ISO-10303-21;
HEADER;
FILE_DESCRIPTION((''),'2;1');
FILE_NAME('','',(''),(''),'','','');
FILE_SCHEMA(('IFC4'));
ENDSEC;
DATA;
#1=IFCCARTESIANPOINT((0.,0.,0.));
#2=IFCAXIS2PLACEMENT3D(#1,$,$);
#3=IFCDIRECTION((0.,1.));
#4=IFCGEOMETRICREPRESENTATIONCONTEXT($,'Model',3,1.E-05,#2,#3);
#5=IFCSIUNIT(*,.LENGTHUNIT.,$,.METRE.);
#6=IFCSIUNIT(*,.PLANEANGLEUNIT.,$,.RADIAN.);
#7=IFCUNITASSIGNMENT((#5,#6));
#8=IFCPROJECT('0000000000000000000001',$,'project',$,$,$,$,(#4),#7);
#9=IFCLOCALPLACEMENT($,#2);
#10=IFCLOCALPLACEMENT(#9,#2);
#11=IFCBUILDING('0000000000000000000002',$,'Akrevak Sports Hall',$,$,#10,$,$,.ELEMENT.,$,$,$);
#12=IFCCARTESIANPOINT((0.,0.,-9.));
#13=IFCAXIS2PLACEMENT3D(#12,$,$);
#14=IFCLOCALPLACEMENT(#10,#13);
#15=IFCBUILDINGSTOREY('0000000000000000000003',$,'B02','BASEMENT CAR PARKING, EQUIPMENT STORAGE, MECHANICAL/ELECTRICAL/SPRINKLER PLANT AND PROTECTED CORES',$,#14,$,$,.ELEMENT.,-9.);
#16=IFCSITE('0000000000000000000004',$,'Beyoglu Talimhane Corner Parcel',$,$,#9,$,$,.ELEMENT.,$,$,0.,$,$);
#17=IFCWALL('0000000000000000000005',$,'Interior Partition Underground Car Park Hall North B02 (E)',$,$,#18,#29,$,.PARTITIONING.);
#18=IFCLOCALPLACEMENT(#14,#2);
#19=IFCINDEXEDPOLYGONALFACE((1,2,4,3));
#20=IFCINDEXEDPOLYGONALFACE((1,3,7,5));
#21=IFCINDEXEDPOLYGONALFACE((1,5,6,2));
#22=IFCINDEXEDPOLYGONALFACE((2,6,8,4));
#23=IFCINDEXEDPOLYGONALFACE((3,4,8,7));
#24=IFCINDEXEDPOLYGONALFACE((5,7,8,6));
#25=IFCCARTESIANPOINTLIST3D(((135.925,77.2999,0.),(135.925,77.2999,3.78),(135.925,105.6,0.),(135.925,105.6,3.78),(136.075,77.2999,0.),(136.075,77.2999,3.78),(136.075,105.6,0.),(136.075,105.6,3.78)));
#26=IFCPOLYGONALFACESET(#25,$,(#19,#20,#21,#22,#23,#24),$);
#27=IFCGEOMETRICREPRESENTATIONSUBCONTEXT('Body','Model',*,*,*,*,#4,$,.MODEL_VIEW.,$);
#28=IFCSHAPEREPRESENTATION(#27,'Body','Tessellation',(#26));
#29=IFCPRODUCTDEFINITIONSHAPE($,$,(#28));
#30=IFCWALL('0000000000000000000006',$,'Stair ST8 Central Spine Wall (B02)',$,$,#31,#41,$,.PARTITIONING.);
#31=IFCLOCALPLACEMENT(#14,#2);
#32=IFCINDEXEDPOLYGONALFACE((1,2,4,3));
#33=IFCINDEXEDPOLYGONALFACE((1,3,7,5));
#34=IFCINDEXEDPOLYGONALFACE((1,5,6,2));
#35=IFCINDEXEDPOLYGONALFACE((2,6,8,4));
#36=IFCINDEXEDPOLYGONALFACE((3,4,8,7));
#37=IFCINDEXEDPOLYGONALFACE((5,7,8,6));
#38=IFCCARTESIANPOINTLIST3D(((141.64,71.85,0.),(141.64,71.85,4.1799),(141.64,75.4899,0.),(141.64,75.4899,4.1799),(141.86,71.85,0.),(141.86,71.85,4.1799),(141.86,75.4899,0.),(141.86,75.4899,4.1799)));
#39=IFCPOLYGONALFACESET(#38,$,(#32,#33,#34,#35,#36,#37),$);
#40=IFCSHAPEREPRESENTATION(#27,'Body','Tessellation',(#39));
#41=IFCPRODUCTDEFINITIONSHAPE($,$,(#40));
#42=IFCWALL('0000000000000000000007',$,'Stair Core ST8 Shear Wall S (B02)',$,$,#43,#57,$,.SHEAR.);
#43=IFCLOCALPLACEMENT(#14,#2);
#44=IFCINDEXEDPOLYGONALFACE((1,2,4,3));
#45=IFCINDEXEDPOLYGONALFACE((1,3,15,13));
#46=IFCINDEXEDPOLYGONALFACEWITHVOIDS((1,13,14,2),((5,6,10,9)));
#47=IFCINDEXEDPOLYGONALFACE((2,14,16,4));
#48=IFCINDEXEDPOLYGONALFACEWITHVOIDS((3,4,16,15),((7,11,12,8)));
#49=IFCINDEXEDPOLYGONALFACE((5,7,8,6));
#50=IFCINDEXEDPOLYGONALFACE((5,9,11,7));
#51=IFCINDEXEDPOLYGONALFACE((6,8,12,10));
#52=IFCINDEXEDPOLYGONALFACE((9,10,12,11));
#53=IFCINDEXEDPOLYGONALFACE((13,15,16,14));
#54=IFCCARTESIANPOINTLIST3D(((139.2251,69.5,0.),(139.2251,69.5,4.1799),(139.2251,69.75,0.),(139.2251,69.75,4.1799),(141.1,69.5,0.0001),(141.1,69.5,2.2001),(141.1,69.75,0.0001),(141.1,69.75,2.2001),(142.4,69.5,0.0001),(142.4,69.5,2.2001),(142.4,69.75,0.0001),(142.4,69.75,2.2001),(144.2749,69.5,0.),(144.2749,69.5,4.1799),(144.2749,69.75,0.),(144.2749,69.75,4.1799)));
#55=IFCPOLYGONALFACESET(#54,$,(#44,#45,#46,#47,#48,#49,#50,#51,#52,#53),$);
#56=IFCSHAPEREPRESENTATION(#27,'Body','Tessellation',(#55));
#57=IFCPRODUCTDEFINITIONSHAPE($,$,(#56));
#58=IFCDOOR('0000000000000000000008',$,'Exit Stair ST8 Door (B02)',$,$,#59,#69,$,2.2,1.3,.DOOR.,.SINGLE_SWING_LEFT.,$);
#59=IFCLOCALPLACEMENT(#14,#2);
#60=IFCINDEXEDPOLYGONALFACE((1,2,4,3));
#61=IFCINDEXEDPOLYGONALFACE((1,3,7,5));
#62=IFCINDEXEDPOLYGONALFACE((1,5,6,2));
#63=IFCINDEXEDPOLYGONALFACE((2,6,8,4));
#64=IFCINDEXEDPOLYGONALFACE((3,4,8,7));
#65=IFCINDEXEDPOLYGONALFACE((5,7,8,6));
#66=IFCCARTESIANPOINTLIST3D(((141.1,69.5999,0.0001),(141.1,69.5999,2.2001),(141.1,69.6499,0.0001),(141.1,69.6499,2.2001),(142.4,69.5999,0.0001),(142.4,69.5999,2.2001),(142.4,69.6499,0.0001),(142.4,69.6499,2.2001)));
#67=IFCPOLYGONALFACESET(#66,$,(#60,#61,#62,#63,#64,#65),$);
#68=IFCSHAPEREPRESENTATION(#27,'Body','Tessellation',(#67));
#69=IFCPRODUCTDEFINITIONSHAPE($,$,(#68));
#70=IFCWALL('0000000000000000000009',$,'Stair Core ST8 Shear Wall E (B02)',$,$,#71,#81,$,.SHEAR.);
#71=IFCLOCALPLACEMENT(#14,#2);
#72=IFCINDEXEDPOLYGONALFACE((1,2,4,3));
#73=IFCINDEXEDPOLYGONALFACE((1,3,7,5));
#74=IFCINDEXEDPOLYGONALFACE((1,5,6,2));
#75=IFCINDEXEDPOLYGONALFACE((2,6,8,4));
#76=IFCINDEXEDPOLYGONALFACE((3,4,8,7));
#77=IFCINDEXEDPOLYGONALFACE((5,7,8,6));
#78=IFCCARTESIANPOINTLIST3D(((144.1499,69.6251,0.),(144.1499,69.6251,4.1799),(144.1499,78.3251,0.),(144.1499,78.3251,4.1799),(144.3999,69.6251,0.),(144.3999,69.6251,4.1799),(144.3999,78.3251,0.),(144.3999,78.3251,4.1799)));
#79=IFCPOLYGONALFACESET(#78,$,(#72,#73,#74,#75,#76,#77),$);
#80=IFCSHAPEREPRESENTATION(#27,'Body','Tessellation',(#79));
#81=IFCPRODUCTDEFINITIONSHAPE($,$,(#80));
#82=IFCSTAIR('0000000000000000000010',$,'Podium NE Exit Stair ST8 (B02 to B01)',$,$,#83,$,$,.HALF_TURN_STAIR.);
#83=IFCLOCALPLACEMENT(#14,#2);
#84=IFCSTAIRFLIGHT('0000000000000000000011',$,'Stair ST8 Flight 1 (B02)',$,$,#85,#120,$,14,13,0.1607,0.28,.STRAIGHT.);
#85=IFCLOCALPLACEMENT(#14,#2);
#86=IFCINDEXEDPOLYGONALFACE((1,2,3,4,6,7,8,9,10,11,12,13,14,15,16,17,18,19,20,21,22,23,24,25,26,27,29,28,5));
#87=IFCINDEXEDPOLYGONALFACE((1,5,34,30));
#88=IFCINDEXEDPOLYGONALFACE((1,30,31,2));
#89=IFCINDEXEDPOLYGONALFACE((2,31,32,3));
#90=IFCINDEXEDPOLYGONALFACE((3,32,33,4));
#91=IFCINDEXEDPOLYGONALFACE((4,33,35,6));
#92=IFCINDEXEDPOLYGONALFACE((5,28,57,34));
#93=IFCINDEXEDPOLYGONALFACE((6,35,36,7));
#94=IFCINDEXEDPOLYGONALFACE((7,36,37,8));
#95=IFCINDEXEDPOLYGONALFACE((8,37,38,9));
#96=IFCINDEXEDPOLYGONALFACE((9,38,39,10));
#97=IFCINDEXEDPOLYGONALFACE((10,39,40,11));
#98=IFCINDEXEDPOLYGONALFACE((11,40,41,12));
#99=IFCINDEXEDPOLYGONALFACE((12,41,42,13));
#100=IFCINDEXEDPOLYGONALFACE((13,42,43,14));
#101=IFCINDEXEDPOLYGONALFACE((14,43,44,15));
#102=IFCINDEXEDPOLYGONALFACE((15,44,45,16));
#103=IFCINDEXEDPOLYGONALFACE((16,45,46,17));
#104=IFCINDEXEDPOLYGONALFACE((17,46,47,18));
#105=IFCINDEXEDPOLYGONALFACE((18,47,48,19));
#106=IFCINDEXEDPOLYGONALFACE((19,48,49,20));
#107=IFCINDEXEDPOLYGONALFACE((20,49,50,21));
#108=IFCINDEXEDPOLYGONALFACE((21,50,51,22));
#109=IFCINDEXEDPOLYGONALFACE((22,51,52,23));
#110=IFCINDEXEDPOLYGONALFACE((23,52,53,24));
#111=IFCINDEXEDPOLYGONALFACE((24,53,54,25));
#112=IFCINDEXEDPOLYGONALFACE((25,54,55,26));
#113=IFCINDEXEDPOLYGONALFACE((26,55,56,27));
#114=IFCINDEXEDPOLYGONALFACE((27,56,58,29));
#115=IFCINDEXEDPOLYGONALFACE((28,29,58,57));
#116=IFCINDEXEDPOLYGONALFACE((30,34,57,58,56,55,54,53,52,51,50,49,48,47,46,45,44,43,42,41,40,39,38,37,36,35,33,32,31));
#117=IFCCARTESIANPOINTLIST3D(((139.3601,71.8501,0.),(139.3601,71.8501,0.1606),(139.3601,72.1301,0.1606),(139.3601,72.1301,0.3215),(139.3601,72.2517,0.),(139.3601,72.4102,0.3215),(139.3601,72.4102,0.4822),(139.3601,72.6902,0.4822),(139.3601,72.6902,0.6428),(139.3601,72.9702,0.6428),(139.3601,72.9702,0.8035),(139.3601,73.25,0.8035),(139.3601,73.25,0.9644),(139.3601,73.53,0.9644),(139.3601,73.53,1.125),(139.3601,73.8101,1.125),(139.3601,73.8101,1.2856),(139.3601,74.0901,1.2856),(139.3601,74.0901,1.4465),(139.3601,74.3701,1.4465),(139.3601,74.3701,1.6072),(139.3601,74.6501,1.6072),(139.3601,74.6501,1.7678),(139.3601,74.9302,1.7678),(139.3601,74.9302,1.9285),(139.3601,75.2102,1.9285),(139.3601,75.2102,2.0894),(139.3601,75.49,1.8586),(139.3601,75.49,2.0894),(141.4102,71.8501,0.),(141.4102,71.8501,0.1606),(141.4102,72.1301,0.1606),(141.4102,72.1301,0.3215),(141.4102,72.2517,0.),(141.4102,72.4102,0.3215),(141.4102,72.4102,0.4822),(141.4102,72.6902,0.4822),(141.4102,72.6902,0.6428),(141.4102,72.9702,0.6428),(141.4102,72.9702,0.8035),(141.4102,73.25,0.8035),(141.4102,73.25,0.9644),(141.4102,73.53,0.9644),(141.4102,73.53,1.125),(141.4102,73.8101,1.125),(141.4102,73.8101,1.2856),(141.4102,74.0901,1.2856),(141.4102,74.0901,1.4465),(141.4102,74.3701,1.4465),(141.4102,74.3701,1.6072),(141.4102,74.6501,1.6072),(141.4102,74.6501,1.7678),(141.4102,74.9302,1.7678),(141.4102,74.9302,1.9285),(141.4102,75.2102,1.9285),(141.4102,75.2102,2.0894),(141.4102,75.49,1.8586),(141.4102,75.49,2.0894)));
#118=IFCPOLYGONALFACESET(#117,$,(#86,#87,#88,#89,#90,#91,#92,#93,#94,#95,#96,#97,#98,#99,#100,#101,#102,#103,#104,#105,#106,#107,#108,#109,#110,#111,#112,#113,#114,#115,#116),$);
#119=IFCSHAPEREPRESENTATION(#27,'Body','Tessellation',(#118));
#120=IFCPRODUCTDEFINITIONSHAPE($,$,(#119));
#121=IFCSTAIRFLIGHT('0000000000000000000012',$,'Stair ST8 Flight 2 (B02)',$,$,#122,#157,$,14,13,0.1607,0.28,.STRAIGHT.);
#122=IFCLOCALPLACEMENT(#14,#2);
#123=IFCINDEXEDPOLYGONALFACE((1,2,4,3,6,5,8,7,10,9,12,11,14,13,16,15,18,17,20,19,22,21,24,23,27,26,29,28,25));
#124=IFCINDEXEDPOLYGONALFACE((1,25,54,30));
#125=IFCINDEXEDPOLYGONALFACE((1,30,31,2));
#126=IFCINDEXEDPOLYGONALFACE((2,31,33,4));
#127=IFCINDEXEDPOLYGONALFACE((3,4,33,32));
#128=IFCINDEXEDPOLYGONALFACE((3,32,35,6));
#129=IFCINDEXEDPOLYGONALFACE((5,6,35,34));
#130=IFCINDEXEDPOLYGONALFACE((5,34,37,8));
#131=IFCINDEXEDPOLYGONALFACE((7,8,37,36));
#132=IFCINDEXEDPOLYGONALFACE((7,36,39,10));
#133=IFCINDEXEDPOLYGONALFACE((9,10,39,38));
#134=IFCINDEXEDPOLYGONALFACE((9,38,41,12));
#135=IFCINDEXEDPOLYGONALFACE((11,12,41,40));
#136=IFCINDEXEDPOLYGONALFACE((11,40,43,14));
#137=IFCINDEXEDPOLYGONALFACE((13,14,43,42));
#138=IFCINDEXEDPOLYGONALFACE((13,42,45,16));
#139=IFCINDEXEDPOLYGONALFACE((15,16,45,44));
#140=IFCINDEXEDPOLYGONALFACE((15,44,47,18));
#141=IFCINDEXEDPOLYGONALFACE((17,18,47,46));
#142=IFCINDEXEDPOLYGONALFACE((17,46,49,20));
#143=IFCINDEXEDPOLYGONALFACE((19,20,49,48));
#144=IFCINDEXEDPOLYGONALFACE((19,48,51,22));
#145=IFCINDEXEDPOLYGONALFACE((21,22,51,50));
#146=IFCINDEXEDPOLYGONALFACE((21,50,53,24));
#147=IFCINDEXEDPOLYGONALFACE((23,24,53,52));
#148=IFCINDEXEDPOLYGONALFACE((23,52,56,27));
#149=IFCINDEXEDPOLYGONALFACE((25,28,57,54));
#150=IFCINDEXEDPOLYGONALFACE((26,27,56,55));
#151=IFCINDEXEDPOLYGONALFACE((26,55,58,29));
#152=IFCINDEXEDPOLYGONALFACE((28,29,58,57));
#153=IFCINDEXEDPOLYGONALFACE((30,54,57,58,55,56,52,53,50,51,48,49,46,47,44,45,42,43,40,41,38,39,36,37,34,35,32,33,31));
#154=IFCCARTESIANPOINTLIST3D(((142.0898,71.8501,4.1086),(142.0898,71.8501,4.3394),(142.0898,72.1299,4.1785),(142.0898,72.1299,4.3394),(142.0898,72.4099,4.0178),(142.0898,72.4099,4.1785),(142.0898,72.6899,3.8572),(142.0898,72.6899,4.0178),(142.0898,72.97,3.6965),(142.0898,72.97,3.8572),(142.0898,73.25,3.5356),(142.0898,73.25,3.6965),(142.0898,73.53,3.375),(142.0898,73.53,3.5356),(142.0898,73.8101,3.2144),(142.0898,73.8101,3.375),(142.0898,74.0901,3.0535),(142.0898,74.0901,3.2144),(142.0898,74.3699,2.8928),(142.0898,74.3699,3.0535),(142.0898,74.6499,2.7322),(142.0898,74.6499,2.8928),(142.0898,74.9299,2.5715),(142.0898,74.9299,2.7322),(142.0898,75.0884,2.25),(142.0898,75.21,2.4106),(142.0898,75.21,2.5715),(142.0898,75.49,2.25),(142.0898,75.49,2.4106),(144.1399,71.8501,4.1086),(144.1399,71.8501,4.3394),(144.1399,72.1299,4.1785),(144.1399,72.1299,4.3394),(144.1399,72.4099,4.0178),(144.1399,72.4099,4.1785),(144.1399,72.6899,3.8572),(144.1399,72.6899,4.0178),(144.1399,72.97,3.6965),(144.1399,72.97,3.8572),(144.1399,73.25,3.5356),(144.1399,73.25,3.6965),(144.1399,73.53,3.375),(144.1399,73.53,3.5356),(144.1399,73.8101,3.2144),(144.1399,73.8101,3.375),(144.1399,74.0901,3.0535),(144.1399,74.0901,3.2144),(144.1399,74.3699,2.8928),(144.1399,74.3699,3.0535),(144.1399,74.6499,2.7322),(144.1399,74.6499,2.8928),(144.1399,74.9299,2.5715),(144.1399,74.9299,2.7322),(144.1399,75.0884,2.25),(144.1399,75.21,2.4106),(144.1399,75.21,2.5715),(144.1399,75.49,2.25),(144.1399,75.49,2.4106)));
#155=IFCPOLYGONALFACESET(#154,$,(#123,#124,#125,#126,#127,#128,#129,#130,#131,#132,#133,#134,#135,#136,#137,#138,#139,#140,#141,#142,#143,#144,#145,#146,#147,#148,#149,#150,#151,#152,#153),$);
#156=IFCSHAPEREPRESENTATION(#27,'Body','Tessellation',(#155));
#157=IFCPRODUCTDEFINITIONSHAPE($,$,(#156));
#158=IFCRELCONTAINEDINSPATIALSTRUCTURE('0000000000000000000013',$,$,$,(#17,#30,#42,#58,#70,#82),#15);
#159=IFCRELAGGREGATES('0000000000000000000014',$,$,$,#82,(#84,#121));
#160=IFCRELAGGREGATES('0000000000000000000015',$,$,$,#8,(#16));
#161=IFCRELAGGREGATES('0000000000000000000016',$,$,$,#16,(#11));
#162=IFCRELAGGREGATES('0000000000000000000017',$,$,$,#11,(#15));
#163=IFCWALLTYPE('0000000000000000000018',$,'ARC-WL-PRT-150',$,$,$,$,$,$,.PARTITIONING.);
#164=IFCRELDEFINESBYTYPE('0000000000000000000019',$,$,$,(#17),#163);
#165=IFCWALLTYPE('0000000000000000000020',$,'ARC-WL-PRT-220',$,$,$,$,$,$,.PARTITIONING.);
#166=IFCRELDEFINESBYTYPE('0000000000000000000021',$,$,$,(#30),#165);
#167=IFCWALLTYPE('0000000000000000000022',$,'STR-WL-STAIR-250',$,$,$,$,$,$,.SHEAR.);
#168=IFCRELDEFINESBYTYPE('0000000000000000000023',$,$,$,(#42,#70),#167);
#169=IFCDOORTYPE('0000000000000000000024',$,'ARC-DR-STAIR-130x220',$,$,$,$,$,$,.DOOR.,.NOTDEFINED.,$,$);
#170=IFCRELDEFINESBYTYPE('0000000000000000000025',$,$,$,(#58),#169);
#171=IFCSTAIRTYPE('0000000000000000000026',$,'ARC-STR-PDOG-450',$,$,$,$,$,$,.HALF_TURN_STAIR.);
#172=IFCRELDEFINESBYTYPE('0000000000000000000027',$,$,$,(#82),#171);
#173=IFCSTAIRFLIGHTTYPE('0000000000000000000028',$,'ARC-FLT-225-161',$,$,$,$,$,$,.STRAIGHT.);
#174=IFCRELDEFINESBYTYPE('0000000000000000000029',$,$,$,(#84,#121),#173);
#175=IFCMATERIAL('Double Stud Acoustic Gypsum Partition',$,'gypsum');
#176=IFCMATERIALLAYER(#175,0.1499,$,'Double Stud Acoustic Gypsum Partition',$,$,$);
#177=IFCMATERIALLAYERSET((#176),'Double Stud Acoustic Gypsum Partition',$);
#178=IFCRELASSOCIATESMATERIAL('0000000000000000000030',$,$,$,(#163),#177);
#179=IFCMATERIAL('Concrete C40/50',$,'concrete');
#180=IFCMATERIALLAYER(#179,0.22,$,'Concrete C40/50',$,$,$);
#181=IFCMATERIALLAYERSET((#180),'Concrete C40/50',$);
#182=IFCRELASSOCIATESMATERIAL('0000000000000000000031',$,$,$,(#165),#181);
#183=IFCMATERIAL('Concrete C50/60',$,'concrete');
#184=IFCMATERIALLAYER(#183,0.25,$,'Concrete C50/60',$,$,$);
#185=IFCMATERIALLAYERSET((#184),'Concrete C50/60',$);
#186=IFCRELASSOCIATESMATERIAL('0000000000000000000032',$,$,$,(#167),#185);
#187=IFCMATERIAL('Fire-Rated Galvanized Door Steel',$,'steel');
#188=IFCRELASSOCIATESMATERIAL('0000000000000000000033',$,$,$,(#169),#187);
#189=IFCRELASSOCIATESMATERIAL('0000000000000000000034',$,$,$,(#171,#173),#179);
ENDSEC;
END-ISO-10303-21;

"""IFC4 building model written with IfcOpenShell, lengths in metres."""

from ifc_helpers import new_model, si_unit, direction, frame, frame_2d, origin, place, context, subcontext, project, spatial, polyline, rectangle, outline, extrude, material, layer, layer_set, type_object, element, fill, aggregate, save


model = new_model("IFC4")

# Units and contexts
model_context = context("Model", 3, precision=1e-05, world=origin(), true_north=direction((0.0, 1.0)))
body_context = subcontext(model_context, "Body", "Model", "MODEL_VIEW")
ifc_project = project(units=[si_unit("LENGTHUNIT", "METRE"), si_unit("PLANEANGLEUNIT", "RADIAN")], contexts=[model_context])

# Site, building, storey
site_placement = place(None, origin())
site = spatial("IfcSite", under=ifc_project, at=site_placement, Name="Beyoglu Talimhane Corner Parcel", CompositionType="ELEMENT", RefElevation=0.0)
building_placement = place(site_placement, origin())
building = spatial("IfcBuilding", under=site, at=building_placement, Name="Akrevak Sports Hall", CompositionType="ELEMENT")
storey_placement = place(building_placement, frame((0.0, 0.0, -9.0)))
storey = spatial("IfcBuildingStorey", under=building, at=storey_placement, Name="B02", Description="BASEMENT CAR PARKING, EQUIPMENT STORAGE, MECHANICAL/ELECTRICAL/SPRINKLER PLANT AND PROTECTED CORES", CompositionType="ELEMENT", Elevation=-9.0)

# Shared definitions
ifc_material_1 = material(Name="Concrete C40/50", Category="concrete")

# Shared definitions
ifc_material_2 = material(Name="Concrete C50/60", Category="concrete")

# Walls
ifc_material_3 = material(Name="Double Stud Acoustic Gypsum Partition", Category="gypsum")
ifc_layer_1 = layer(ifc_material_3, 0.1499, Name="Double Stud Acoustic Gypsum Partition")
ifc_layer_set_1 = layer_set([ifc_layer_1], Name="Double Stud Acoustic Gypsum Partition")
wall_type_1 = type_object("IfcWallType", Name="ARC-WL-PRT-150", PredefinedType="PARTITIONING", material=ifc_layer_set_1)
wall_1_placement = place(storey_placement, frame((136.0, 77.3, 0.0), z_axis=(0.0, 0.0, 1.0), x_axis=(0.0, 1.0, 0.0)))
element("IfcWall", 1, at=wall_1_placement, inside=storey, type_object=wall_type_1, Name="Interior Partition Underground Car Park Hall North B02 (E)", PredefinedType="PARTITIONING", context=body_context, shape_type="SweptSolid", body=[
    extrude(rectangle(XDim=28.3, YDim=0.1499, at=frame_2d((14.1499, 0.0))), origin(), (0.0, 0.0, 1.0), 3.78),
])
ifc_layer_2 = layer(ifc_material_1, 0.22, Name="Concrete C40/50")
ifc_layer_set_2 = layer_set([ifc_layer_2], Name="Concrete C40/50")
wall_type_2 = type_object("IfcWallType", Name="ARC-WL-PRT-220", PredefinedType="PARTITIONING", material=ifc_layer_set_2)
wall_2_placement = place(storey_placement, frame((141.75, 71.8501, 0.0), z_axis=(0.0, 0.0, 1.0), x_axis=(0.0, 1.0, 0.0)))
element("IfcWall", 2, at=wall_2_placement, inside=storey, type_object=wall_type_2, Name="Stair ST8 Central Spine Wall (B02)", PredefinedType="PARTITIONING", context=body_context, shape_type="SweptSolid", body=[
    extrude(rectangle(XDim=3.6399, YDim=0.22, at=frame_2d((1.8198, 0.0))), origin(), (0.0, 0.0, 1.0), 4.1799),
])

# Wall, opening, door
ifc_layer_3 = layer(ifc_material_2, 0.25, Name="Concrete C50/60")
ifc_layer_set_3 = layer_set([ifc_layer_3], Name="Concrete C50/60")
wall_type_3 = type_object("IfcWallType", Name="STR-WL-STAIR-250", PredefinedType="SHEAR", material=ifc_layer_set_3)
wall_3_placement = place(storey_placement, frame((139.2251, 69.625, 0.0), z_axis=(0.0, 0.0, 1.0), x_axis=(1.0, 0.0, 0.0)))
wall_3 = element("IfcWall", 3, at=wall_3_placement, inside=storey, type_object=wall_type_3, Name="Stair Core ST8 Shear Wall S (B02)", PredefinedType="SHEAR", context=body_context, shape_type="SweptSolid", body=[
    extrude(rectangle(XDim=5.0498, YDim=0.25, at=frame_2d((2.5249, 0.0))), origin(), (0.0, 0.0, 1.0), 4.1799),
])
opening_placement = place(wall_3_placement, frame((1.875, 0.0, 0.0)))
opening = element("IfcOpeningElement", 4, at=opening_placement, cuts=wall_3, PredefinedType="OPENING", context=body_context, shape_type="SweptSolid", body=[
    extrude(rectangle(XDim=1.3, YDim=2.2, at=frame_2d((0.6499, 1.1001))), frame((0.0, 0.137, 0.0), z_axis=(0.0, -1.0, 0.0), x_axis=(1.0, 0.0, 0.0)), (0.0, 0.0, 1.0), 0.2739),
])
ifc_material_4 = material(Name="Fire-Rated Galvanized Door Steel", Category="steel")
door_type = type_object("IfcDoorType", Name="ARC-DR-STAIR-130x220", OperationType="NOTDEFINED", PredefinedType="DOOR", material=ifc_material_4)
door_placement = place(opening_placement, origin())
door = element("IfcDoor", 5, at=door_placement, inside=storey, type_object=door_type, Name="Exit Stair ST8 Door (B02)", OperationType="SINGLE_SWING_LEFT", OverallHeight=2.2, OverallWidth=1.3, PredefinedType="DOOR", context=body_context, shape_type="SweptSolid", body=[
    extrude(rectangle(XDim=1.3, YDim=2.2, at=frame_2d((0.6499, 1.1001))), frame((0.0, 0.0249, 0.0), z_axis=(0.0, -1.0, 0.0), x_axis=(1.0, 0.0, 0.0)), (0.0, 0.0, 1.0), 0.05),
])
fill(opening, door)

# Wall
wall_4_placement = place(storey_placement, frame((144.2749, 69.625, 0.0), z_axis=(0.0, 0.0, 1.0), x_axis=(0.0, 1.0, 0.0)))
element("IfcWall", 6, at=wall_4_placement, inside=storey, type_object=wall_type_3, Name="Stair Core ST8 Shear Wall E (B02)", PredefinedType="SHEAR", context=body_context, shape_type="SweptSolid", body=[
    extrude(rectangle(XDim=8.7, YDim=0.25, at=frame_2d((4.3501, 0.0))), origin(), (0.0, 0.0, 1.0), 4.1799),
])

# Stair, stair flights
stair_type = type_object("IfcStairType", Name="ARC-STR-PDOG-450", PredefinedType="HALF_TURN_STAIR", material=ifc_material_1)
stair_placement = place(storey_placement, origin())
stair = element("IfcStair", 7, at=stair_placement, inside=storey, type_object=stair_type, Name="Podium NE Exit Stair ST8 (B02 to B01)", PredefinedType="HALF_TURN_STAIR")
stair_flight_type = type_object("IfcStairFlightType", Name="ARC-FLT-225-161", PredefinedType="STRAIGHT", material=ifc_material_1)
stair_flight_1_placement = place(storey_placement, frame((140.385, 71.8501, 0.0), z_axis=(0.0, 0.0, 1.0), x_axis=(0.0, 1.0, 0.0)))
stair_flight_1 = element("IfcStairFlight", 8, at=stair_flight_1_placement, type_object=stair_flight_type, Name="Stair ST8 Flight 1 (B02)", NumberOfRisers=14, NumberOfTreads=13, PredefinedType="STRAIGHT", RiserHeight=0.1607, TreadLength=0.28, context=body_context, shape_type="SweptSolid", body=[
    extrude(outline(polyline([(0.0, 0.0), (0.0, 0.1606), (0.28, 0.1606), (0.28, 0.3215), (0.5601, 0.3215), (0.5601, 0.4822), (0.8401, 0.4822), (0.8401, 0.6428), (1.1201, 0.6428), (1.1201, 0.8035), (1.3999, 0.8035), (1.3999, 0.9644), (1.6799, 0.9644), (1.6799, 1.125), (1.96, 1.125), (1.96, 1.2856), (2.24, 1.2856), (2.24, 1.4465), (2.52, 1.4465), (2.52, 1.6072), (2.8, 1.6072), (2.8, 1.7678), (3.0801, 1.7678), (3.0801, 1.9285), (3.3601, 1.9285), (3.3601, 2.0894), (3.6399, 2.0894), (3.6399, 2.25), (3.6399, 1.8586), (0.4016, 0.0), (0.0, 0.0)])), frame((0.0, 1.0249, 0.0), z_axis=(0.0, -1.0, 0.0), x_axis=(1.0, 0.0, 0.0)), (0.0, 0.0, 1.0), 2.05),
])
stair_flight_2_placement = place(storey_placement, frame((143.115, 75.49, 2.25), z_axis=(0.0, 0.0, 1.0), x_axis=(0.0, -1.0, 0.0)))
stair_flight_2 = element("IfcStairFlight", 9, at=stair_flight_2_placement, type_object=stair_flight_type, Name="Stair ST8 Flight 2 (B02)", NumberOfRisers=14, NumberOfTreads=13, PredefinedType="STRAIGHT", RiserHeight=0.1607, TreadLength=0.28, context=body_context, shape_type="SweptSolid", body=[
    extrude(outline(polyline([(0.0, 0.0), (0.0, 0.1606), (0.28, 0.1606), (0.28, 0.3215), (0.5601, 0.3215), (0.5601, 0.4822), (0.8401, 0.4822), (0.8401, 0.6428), (1.1201, 0.6428), (1.1201, 0.8035), (1.3999, 0.8035), (1.3999, 0.9644), (1.6799, 0.9644), (1.6799, 1.125), (1.96, 1.125), (1.96, 1.2856), (2.24, 1.2856), (2.24, 1.4465), (2.52, 1.4465), (2.52, 1.6072), (2.8, 1.6072), (2.8, 1.7678), (3.0801, 1.7678), (3.0801, 1.9285), (3.3601, 1.9285), (3.3601, 2.0894), (3.6399, 2.0894), (3.6399, 2.25), (3.6399, 1.8586), (0.4016, 0.0), (0.0, 0.0)])), frame((0.0, 1.0249, 0.0), z_axis=(0.0, -1.0, 0.0), x_axis=(1.0, 0.0, 0.0)), (0.0, 0.0, 1.0), 2.05),
])
aggregate(stair, [stair_flight_1, stair_flight_2])

save(model, "model.ifc")
